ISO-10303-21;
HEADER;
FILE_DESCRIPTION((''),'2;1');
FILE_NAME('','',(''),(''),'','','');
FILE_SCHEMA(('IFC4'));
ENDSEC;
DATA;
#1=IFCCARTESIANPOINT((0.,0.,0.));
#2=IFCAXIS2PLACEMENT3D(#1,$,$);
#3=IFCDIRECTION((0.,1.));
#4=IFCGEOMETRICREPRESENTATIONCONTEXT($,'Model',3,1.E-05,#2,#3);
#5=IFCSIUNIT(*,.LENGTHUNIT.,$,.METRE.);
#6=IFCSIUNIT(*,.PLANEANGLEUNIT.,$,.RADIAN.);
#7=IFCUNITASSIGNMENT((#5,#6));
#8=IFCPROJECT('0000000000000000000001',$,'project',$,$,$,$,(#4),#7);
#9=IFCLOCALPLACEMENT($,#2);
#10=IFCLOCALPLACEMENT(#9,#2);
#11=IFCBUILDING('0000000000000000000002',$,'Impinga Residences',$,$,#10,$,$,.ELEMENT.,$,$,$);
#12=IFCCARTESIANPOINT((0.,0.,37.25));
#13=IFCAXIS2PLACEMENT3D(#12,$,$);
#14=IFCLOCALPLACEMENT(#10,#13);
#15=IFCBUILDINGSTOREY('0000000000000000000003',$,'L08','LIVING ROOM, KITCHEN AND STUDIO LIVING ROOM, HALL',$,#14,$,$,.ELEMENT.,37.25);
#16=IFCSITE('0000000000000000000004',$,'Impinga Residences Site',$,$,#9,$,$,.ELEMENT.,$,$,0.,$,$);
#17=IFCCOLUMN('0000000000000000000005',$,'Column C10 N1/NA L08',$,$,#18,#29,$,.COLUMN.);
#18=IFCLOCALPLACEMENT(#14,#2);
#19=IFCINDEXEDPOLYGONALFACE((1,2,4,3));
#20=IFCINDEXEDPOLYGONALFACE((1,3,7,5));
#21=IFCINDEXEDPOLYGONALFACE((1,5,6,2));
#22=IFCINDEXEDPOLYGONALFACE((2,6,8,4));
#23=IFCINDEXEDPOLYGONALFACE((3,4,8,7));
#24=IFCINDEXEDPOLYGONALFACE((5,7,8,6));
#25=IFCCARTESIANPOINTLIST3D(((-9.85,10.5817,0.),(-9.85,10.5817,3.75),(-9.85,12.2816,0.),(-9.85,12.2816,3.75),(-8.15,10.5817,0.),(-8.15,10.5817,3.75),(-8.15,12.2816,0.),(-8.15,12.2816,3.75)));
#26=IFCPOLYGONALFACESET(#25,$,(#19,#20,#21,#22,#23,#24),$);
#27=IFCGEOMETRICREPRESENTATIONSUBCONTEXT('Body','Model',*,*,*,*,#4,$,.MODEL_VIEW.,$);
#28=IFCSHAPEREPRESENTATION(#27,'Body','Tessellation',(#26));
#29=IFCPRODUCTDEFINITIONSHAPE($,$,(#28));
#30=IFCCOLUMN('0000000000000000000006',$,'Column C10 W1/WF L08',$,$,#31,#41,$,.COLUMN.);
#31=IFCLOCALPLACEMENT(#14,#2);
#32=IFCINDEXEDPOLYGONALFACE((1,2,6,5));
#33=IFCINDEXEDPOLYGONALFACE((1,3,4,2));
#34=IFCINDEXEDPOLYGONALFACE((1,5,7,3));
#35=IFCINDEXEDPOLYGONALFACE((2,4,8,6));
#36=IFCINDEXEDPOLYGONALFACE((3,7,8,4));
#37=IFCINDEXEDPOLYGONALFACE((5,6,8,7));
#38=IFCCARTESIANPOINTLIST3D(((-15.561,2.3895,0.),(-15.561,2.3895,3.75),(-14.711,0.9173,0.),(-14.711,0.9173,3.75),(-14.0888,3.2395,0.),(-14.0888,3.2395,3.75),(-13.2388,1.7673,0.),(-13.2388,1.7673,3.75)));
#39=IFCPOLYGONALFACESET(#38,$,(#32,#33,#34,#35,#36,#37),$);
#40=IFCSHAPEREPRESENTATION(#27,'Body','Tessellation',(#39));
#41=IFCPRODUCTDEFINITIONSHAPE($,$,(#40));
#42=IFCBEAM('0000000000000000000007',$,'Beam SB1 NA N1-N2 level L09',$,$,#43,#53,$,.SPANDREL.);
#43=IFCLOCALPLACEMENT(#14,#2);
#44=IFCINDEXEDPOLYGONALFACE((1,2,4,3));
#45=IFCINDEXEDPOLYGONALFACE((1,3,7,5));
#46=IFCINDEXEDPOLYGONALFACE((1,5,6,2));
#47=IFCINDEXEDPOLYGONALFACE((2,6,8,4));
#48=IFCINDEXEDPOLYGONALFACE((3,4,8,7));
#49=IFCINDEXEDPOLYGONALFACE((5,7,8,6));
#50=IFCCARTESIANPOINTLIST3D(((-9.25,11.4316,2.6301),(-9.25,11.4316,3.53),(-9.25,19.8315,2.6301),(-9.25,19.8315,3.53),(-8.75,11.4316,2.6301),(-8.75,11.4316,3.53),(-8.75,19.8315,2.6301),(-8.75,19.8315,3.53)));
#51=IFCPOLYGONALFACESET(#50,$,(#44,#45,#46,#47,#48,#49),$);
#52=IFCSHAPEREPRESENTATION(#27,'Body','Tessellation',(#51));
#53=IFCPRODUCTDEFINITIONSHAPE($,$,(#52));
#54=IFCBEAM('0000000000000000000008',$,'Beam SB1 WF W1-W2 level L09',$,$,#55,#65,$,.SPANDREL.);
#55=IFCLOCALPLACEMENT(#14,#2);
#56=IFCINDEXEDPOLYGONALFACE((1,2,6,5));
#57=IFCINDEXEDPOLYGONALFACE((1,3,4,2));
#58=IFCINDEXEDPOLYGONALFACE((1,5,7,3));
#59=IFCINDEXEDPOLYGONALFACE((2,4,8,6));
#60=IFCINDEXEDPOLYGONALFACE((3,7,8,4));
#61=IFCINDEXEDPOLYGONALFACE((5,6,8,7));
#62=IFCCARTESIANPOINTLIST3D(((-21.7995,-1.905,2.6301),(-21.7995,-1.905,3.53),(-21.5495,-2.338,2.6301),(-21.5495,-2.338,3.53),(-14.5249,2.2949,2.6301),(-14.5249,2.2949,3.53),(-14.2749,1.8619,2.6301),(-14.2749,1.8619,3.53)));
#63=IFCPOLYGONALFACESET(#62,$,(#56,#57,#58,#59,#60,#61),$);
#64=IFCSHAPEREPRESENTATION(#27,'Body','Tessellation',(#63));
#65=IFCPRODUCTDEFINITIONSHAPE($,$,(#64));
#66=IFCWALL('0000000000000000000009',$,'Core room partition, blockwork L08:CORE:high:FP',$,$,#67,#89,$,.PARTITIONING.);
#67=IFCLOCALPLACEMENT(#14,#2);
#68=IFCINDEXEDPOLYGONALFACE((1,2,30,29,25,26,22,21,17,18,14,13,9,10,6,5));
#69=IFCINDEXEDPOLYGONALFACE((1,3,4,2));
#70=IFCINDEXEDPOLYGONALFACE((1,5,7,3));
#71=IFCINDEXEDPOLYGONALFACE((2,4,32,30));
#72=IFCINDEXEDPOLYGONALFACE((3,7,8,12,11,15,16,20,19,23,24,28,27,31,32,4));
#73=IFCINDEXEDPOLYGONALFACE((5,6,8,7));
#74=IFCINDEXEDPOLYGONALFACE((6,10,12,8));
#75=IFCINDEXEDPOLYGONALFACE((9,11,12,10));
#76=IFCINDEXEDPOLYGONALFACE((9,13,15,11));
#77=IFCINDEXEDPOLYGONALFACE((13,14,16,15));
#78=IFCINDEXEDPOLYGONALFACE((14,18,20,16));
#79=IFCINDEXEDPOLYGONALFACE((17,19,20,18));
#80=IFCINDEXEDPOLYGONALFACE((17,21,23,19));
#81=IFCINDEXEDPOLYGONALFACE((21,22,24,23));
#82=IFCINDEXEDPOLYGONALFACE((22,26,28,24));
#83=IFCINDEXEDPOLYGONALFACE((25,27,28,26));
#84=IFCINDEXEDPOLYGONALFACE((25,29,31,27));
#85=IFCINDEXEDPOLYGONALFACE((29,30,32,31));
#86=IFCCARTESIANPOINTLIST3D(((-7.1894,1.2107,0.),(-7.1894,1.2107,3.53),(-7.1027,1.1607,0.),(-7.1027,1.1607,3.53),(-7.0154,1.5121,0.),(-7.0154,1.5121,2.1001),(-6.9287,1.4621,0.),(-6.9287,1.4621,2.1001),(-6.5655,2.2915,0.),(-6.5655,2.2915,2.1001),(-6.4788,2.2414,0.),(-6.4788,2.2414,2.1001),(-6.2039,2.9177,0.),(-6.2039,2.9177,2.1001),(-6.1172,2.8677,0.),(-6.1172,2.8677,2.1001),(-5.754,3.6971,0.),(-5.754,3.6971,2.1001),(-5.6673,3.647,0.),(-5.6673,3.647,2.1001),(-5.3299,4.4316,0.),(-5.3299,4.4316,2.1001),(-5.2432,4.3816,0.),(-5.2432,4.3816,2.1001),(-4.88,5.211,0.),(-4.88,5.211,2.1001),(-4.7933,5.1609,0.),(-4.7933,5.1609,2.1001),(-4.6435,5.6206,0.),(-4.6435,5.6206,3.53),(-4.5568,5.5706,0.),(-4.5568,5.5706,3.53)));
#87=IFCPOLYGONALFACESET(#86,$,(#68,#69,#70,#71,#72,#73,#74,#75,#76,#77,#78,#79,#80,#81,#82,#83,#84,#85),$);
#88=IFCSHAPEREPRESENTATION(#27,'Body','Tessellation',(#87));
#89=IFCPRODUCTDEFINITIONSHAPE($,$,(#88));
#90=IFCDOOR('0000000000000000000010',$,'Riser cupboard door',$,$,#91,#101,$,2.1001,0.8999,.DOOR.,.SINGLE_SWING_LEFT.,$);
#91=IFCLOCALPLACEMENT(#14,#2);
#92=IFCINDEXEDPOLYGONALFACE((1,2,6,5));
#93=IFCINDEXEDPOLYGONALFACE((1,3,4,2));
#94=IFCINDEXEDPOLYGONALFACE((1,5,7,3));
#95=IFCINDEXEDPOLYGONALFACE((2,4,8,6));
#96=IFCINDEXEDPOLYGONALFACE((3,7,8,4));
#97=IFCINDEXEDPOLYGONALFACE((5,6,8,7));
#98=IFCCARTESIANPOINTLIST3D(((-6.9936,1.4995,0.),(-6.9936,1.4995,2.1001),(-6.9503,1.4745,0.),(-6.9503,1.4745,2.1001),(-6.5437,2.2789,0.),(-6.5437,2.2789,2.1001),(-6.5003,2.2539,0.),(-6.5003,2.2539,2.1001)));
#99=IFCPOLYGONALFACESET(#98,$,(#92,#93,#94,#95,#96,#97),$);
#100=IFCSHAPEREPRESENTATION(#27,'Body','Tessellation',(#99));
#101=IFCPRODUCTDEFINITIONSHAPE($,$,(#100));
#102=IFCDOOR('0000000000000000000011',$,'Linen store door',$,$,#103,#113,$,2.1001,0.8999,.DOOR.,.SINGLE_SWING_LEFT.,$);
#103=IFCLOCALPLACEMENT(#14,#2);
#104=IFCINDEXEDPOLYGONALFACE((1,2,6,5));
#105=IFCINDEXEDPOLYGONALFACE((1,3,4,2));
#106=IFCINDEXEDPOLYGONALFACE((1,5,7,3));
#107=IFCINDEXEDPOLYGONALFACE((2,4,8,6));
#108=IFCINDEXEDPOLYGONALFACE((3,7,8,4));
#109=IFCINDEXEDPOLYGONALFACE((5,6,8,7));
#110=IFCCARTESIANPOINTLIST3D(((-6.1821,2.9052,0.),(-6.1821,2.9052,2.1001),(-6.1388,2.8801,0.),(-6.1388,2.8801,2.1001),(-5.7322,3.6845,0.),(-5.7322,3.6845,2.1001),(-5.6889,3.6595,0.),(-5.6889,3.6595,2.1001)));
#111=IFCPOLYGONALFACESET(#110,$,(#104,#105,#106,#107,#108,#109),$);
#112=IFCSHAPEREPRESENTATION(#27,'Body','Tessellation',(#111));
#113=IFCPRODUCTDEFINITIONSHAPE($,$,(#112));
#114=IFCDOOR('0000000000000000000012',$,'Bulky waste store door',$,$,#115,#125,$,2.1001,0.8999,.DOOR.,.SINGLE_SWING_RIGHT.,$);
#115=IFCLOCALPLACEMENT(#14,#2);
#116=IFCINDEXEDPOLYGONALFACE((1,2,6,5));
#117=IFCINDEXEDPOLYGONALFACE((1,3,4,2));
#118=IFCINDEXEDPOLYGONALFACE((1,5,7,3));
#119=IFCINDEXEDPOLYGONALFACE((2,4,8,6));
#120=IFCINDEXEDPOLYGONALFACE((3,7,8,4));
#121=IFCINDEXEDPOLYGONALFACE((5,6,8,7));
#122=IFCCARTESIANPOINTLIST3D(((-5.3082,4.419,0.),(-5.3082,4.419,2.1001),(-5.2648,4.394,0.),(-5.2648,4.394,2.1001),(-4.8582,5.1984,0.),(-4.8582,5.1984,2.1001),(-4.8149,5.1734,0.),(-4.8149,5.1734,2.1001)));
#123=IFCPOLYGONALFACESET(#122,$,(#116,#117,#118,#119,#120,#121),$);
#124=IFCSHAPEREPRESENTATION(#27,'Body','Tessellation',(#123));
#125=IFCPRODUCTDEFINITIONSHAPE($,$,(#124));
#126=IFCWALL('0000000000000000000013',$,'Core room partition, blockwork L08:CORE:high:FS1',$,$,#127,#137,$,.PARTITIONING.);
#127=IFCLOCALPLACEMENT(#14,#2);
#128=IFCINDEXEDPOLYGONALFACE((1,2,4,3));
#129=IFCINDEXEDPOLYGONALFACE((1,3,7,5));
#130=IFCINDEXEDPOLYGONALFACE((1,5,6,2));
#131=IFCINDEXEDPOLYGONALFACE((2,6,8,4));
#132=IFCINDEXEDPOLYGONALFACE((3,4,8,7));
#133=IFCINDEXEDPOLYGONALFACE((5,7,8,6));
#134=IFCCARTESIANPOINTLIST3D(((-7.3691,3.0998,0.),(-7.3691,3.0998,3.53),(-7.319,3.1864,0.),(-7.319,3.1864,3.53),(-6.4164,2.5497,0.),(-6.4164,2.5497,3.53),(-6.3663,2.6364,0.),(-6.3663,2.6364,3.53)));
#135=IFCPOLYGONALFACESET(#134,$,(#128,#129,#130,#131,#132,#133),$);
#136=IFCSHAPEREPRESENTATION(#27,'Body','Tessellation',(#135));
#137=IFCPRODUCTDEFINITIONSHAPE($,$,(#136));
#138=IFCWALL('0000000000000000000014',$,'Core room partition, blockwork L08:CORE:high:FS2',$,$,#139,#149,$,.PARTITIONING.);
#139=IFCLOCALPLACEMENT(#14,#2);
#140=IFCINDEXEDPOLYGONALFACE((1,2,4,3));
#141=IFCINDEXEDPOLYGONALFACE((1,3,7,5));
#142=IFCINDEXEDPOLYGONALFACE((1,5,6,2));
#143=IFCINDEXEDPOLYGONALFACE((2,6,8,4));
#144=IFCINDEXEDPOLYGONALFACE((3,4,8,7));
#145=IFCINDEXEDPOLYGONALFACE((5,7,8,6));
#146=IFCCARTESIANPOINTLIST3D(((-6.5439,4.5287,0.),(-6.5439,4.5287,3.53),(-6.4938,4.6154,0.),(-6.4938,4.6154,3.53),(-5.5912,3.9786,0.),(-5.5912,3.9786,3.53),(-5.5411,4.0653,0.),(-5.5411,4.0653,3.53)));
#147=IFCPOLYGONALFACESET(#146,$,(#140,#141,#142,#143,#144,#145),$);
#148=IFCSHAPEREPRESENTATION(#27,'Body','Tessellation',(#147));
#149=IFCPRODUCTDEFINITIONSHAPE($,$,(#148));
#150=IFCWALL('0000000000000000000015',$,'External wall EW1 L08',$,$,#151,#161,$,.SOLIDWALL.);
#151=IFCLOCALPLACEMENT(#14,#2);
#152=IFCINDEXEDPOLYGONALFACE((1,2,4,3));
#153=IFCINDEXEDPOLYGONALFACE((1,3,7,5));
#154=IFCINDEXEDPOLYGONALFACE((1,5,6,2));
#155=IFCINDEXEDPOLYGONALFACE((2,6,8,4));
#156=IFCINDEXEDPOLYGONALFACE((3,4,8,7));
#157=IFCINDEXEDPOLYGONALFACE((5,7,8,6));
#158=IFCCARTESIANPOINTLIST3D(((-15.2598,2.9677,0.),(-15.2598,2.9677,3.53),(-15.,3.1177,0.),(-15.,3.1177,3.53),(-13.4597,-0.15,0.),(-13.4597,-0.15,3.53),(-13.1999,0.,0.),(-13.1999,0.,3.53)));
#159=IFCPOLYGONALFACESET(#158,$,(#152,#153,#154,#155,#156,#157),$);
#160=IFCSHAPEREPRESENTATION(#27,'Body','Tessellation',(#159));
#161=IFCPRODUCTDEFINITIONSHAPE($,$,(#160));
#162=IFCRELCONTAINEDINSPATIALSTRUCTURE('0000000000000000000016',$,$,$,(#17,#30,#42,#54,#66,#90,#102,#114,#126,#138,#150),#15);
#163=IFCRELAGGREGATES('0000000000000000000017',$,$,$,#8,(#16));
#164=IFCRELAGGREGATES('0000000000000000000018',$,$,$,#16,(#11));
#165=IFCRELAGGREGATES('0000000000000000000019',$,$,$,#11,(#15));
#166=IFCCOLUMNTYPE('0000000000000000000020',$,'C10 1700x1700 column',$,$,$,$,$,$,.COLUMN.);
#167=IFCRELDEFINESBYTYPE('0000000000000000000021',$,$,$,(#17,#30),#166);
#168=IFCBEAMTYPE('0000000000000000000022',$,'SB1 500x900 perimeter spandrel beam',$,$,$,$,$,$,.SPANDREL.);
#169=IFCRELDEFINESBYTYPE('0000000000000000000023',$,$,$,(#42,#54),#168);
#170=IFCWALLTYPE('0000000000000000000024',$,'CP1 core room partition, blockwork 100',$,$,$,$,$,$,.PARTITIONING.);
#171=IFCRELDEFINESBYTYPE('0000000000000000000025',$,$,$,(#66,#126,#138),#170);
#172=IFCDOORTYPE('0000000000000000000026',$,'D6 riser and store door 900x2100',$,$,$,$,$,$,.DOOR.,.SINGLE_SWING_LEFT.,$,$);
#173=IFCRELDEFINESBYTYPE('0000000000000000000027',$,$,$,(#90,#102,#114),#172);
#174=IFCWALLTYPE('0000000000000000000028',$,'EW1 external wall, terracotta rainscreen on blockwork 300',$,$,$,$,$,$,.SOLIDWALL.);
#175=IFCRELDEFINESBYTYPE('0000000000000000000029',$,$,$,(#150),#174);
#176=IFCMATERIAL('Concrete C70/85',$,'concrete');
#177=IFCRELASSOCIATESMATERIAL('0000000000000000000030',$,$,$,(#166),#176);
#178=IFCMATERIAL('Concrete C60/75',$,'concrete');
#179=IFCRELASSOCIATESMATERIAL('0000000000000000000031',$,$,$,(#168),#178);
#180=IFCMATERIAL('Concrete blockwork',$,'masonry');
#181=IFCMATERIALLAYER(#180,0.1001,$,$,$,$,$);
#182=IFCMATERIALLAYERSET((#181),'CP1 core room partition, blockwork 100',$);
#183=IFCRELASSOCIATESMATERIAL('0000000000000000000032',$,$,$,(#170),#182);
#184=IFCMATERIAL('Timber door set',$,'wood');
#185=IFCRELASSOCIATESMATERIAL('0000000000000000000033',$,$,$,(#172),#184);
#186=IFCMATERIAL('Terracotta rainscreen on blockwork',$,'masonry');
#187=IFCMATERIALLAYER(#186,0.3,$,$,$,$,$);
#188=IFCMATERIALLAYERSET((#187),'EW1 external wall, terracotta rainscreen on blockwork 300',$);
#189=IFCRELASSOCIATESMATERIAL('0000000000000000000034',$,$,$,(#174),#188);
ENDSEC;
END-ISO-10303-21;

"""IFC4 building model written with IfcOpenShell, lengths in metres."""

from ifc_helpers import new_model, si_unit, direction, frame, frame_2d, origin, origin_2d, place, context, subcontext, project, spatial, rectangle, extrude, material, layer, layer_set, material_profile, profile_set, type_object, element, fill, save


model = new_model("IFC4")

# Units and contexts
model_context = context("Model", 3, precision=1e-05, world=origin(), true_north=direction((0.0, 1.0)))
body_context = subcontext(model_context, "Body", "Model", "MODEL_VIEW")
ifc_project = project(units=[si_unit("LENGTHUNIT", "METRE"), si_unit("PLANEANGLEUNIT", "RADIAN")], contexts=[model_context])

# Site, building, storey
site_placement = place(None, origin())
site = spatial("IfcSite", under=ifc_project, at=site_placement, Name="Impinga Residences Site", CompositionType="ELEMENT", RefElevation=0.0)
building_placement = place(site_placement, origin())
building = spatial("IfcBuilding", under=site, at=building_placement, Name="Impinga Residences", CompositionType="ELEMENT")
storey_placement = place(building_placement, frame((0.0, 0.0, 37.25)))
storey = spatial("IfcBuildingStorey", under=building, at=storey_placement, Name="L08", Description="LIVING ROOM, KITCHEN AND STUDIO LIVING ROOM, HALL", CompositionType="ELEMENT", Elevation=37.25)

# Columns
ifc_material_1 = material(Name="Concrete C70/85", Category="concrete")
ifc_material_profile_1 = material_profile(ifc_material_1, rectangle(XDim=1.7, YDim=1.7, at=origin_2d()), Name="RC 1700x1700")
ifc_profile_set_1 = profile_set([ifc_material_profile_1], Name="Concrete C70/85")
column_type = type_object("IfcColumnType", Name="C10 1700x1700 column", PredefinedType="COLUMN", material=ifc_profile_set_1)
for number, where, z_axis, x_axis, name in (
    (1, (-9.0, 11.4316, 0.0), (0.0, 0.0, 1.0), (1.0, 0.0, 0.0), "Column C10 N1/NA L08"),
    (2, (-14.3999, 2.0784, 0.0), (0.0, 0.0, 1.0), (-0.5, 0.866025, 0.0), "Column C10 W1/WF L08"),
):
    element("IfcColumn", number, at=place(storey_placement, frame(where, z_axis=z_axis, x_axis=x_axis)), inside=storey, type_object=column_type, Name=name, PredefinedType="COLUMN", context=body_context, shape_type="SweptSolid", body=[
        extrude(rectangle(XDim=1.7, YDim=1.7, at=origin_2d()), origin(), (0.0, 0.0, 1.0), 3.75),
    ])

# Beams
ifc_material_2 = material(Name="Concrete C60/75", Category="concrete")
ifc_material_profile_2 = material_profile(ifc_material_2, rectangle(XDim=0.5, YDim=0.8999, at=origin_2d()), Name="RC 500x900")
ifc_profile_set_2 = profile_set([ifc_material_profile_2], Name="Concrete C60/75")
beam_type = type_object("IfcBeamType", Name="SB1 500x900 perimeter spandrel beam", PredefinedType="SPANDREL", material=ifc_profile_set_2)
for number, where, z_axis, x_axis, name in (
    (3, (-9.0, 11.4316, 3.0801), (0.0, 1.0, 0.0), (-1.0, 0.0, 0.0), "Beam SB1 NA N1-N2 level L09"),
    (4, (-14.3999, 2.0784, 3.0801), (-0.866029, -0.499993, 0.0), (0.499993, -0.866029, 0.0), "Beam SB1 WF W1-W2 level L09"),
):
    element("IfcBeam", number, at=place(storey_placement, frame(where, z_axis=z_axis, x_axis=x_axis)), inside=storey, type_object=beam_type, Name=name, PredefinedType="SPANDREL", context=body_context, shape_type="SweptSolid", body=[
        extrude(rectangle(XDim=0.5, YDim=0.8999, at=origin_2d()), origin(), (0.0, 0.0, 1.0), 8.3999),
    ])

# Wall, openings, doors
ifc_material_3 = material(Name="Concrete blockwork", Category="masonry")
ifc_layer_1 = layer(ifc_material_3, 0.1001)
ifc_layer_set_1 = layer_set([ifc_layer_1], Name="CP1 core room partition, blockwork 100")
wall_type_1 = type_object("IfcWallType", Name="CP1 core room partition, blockwork 100", PredefinedType="PARTITIONING", material=ifc_layer_set_1)
wall_1_placement = place(storey_placement, frame((-7.146, 1.1858, 0.0), z_axis=(0.0, 0.0, 1.0), x_axis=(0.499976, 0.866039, 0.0)))
wall_1 = element("IfcWall", 5, at=wall_1_placement, inside=storey, type_object=wall_type_1, Name="Core room partition, blockwork L08:CORE:high:FP", PredefinedType="PARTITIONING", context=body_context, shape_type="SweptSolid", body=[
    extrude(rectangle(XDim=5.092, YDim=0.1001, at=frame_2d((2.5459, 0.0))), origin(), (0.0, 0.0, 1.0), 3.53),
])
opening_1_placement = place(wall_1_placement, frame((0.3479, 0.0, 0.0)))
opening_1 = element("IfcOpeningElement", 6, at=opening_1_placement, cuts=wall_1, PredefinedType="OPENING", context=body_context, shape_type="SweptSolid", body=[
    extrude(rectangle(XDim=0.8999, YDim=2.1001, at=frame_2d((0.45, 1.05))), frame((0.0, 0.0601, 0.0), z_axis=(0.0, -1.0, 0.0), x_axis=(1.0, 0.0, 0.0)), (0.0, 0.0, 1.0), 0.1201),
])
opening_2_placement = place(wall_1_placement, frame((1.9709, 0.0, 0.0)))
opening_2 = element("IfcOpeningElement", 7, at=opening_2_placement, cuts=wall_1, PredefinedType="OPENING", context=body_context, shape_type="SweptSolid", body=[
    extrude(rectangle(XDim=0.8999, YDim=2.1001, at=frame_2d((0.45, 1.05))), frame((0.0, 0.0601, 0.0), z_axis=(0.0, -1.0, 0.0), x_axis=(1.0, 0.0, 0.0)), (0.0, 0.0, 1.0), 0.1201),
])
opening_3_placement = place(wall_1_placement, frame((3.719, 0.0, 0.0)))
opening_3 = element("IfcOpeningElement", 8, at=opening_3_placement, cuts=wall_1, PredefinedType="OPENING", context=body_context, shape_type="SweptSolid", body=[
    extrude(rectangle(XDim=0.8999, YDim=2.1001, at=frame_2d((0.45, 1.05))), frame((0.0, 0.0601, 0.0), z_axis=(0.0, -1.0, 0.0), x_axis=(1.0, 0.0, 0.0)), (0.0, 0.0, 1.0), 0.1201),
])
ifc_material_4 = material(Name="Timber door set", Category="wood")
door_type_1 = type_object("IfcDoorType", Name="D6 riser and store door 900x2100", OperationType="SINGLE_SWING_LEFT", PredefinedType="DOOR", material=ifc_material_4)
door_1_placement = place(opening_1_placement, origin())
door_1 = element("IfcDoor", 9, at=door_1_placement, inside=storey, type_object=door_type_1, Name="Riser cupboard door", OperationType="SINGLE_SWING_LEFT", OverallHeight=2.1001, OverallWidth=0.8999, PredefinedType="DOOR", context=body_context, shape_type="SweptSolid", body=[
    extrude(rectangle(XDim=0.8999, YDim=2.1001, at=frame_2d((0.45, 1.05))), frame((0.0, 0.0249, 0.0), z_axis=(0.0, -1.0, 0.0), x_axis=(1.0, 0.0, 0.0)), (0.0, 0.0, 1.0), 0.05),
])
fill(opening_1, door_1)
door_2_placement = place(opening_2_placement, origin())
door_2 = element("IfcDoor", 10, at=door_2_placement, inside=storey, type_object=door_type_1, Name="Linen store door", OperationType="SINGLE_SWING_LEFT", OverallHeight=2.1001, OverallWidth=0.8999, PredefinedType="DOOR", context=body_context, shape_type="SweptSolid", body=[
    extrude(rectangle(XDim=0.8999, YDim=2.1001, at=frame_2d((0.45, 1.05))), frame((0.0, 0.0249, 0.0), z_axis=(0.0, -1.0, 0.0), x_axis=(1.0, 0.0, 0.0)), (0.0, 0.0, 1.0), 0.05),
])
fill(opening_2, door_2)
door_3_placement = place(opening_3_placement, origin())
door_3 = element("IfcDoor", 11, at=door_3_placement, inside=storey, type_object=door_type_1, Name="Bulky waste store door", OperationType="SINGLE_SWING_RIGHT", OverallHeight=2.1001, OverallWidth=0.8999, PredefinedType="DOOR", context=body_context, shape_type="SweptSolid", body=[
    extrude(rectangle(XDim=0.8999, YDim=2.1001, at=frame_2d((0.45, 1.05))), frame((0.0, 0.0249, 0.0), z_axis=(0.0, -1.0, 0.0), x_axis=(1.0, 0.0, 0.0)), (0.0, 0.0, 1.0), 0.05),
])
fill(opening_3, door_3)

# Walls
for number, where, z_axis, x_axis, name in (
    (12, (-6.3914, 2.593, 0.0), (0.0, 0.0, 1.0), (-0.866008, 0.50003, 0.0), "Core room partition, blockwork L08:CORE:high:FS1"),
    (13, (-5.5662, 4.022, 0.0), (0.0, 0.0, 1.0), (-0.866008, 0.50003, 0.0), "Core room partition, blockwork L08:CORE:high:FS2"),
):
    element("IfcWall", number, at=place(storey_placement, frame(where, z_axis=z_axis, x_axis=x_axis)), inside=storey, type_object=wall_type_1, Name=name, PredefinedType="PARTITIONING", context=body_context, shape_type="SweptSolid", body=[
        extrude(rectangle(XDim=1.1001, YDim=0.1001, at=frame_2d((0.55, 0.0))), origin(), (0.0, 0.0, 1.0), 3.53),
    ])
ifc_material_5 = material(Name="Terracotta rainscreen on blockwork", Category="masonry")
ifc_layer_2 = layer(ifc_material_5, 0.3)
ifc_layer_set_2 = layer_set([ifc_layer_2], Name="EW1 external wall, terracotta rainscreen on blockwork 300")
wall_type_2 = type_object("IfcWallType", Name="EW1 external wall, terracotta rainscreen on blockwork 300", PredefinedType="SOLIDWALL", material=ifc_layer_set_2)
wall_2_placement = place(storey_placement, frame((-15.1299, 3.0427, 0.0), z_axis=(0.0, 0.0, 1.0), x_axis=(0.500012, -0.866018, 0.0)))
element("IfcWall", 14, at=wall_2_placement, inside=storey, type_object=wall_type_2, Name="External wall EW1 L08", PredefinedType="SOLIDWALL", context=body_context, shape_type="SweptSolid", body=[
    extrude(rectangle(XDim=3.6001, YDim=0.3, at=frame_2d((1.8, 0.0))), origin(), (0.0, 0.0, 1.0), 3.53),
])

save(model, "model.ifc")
